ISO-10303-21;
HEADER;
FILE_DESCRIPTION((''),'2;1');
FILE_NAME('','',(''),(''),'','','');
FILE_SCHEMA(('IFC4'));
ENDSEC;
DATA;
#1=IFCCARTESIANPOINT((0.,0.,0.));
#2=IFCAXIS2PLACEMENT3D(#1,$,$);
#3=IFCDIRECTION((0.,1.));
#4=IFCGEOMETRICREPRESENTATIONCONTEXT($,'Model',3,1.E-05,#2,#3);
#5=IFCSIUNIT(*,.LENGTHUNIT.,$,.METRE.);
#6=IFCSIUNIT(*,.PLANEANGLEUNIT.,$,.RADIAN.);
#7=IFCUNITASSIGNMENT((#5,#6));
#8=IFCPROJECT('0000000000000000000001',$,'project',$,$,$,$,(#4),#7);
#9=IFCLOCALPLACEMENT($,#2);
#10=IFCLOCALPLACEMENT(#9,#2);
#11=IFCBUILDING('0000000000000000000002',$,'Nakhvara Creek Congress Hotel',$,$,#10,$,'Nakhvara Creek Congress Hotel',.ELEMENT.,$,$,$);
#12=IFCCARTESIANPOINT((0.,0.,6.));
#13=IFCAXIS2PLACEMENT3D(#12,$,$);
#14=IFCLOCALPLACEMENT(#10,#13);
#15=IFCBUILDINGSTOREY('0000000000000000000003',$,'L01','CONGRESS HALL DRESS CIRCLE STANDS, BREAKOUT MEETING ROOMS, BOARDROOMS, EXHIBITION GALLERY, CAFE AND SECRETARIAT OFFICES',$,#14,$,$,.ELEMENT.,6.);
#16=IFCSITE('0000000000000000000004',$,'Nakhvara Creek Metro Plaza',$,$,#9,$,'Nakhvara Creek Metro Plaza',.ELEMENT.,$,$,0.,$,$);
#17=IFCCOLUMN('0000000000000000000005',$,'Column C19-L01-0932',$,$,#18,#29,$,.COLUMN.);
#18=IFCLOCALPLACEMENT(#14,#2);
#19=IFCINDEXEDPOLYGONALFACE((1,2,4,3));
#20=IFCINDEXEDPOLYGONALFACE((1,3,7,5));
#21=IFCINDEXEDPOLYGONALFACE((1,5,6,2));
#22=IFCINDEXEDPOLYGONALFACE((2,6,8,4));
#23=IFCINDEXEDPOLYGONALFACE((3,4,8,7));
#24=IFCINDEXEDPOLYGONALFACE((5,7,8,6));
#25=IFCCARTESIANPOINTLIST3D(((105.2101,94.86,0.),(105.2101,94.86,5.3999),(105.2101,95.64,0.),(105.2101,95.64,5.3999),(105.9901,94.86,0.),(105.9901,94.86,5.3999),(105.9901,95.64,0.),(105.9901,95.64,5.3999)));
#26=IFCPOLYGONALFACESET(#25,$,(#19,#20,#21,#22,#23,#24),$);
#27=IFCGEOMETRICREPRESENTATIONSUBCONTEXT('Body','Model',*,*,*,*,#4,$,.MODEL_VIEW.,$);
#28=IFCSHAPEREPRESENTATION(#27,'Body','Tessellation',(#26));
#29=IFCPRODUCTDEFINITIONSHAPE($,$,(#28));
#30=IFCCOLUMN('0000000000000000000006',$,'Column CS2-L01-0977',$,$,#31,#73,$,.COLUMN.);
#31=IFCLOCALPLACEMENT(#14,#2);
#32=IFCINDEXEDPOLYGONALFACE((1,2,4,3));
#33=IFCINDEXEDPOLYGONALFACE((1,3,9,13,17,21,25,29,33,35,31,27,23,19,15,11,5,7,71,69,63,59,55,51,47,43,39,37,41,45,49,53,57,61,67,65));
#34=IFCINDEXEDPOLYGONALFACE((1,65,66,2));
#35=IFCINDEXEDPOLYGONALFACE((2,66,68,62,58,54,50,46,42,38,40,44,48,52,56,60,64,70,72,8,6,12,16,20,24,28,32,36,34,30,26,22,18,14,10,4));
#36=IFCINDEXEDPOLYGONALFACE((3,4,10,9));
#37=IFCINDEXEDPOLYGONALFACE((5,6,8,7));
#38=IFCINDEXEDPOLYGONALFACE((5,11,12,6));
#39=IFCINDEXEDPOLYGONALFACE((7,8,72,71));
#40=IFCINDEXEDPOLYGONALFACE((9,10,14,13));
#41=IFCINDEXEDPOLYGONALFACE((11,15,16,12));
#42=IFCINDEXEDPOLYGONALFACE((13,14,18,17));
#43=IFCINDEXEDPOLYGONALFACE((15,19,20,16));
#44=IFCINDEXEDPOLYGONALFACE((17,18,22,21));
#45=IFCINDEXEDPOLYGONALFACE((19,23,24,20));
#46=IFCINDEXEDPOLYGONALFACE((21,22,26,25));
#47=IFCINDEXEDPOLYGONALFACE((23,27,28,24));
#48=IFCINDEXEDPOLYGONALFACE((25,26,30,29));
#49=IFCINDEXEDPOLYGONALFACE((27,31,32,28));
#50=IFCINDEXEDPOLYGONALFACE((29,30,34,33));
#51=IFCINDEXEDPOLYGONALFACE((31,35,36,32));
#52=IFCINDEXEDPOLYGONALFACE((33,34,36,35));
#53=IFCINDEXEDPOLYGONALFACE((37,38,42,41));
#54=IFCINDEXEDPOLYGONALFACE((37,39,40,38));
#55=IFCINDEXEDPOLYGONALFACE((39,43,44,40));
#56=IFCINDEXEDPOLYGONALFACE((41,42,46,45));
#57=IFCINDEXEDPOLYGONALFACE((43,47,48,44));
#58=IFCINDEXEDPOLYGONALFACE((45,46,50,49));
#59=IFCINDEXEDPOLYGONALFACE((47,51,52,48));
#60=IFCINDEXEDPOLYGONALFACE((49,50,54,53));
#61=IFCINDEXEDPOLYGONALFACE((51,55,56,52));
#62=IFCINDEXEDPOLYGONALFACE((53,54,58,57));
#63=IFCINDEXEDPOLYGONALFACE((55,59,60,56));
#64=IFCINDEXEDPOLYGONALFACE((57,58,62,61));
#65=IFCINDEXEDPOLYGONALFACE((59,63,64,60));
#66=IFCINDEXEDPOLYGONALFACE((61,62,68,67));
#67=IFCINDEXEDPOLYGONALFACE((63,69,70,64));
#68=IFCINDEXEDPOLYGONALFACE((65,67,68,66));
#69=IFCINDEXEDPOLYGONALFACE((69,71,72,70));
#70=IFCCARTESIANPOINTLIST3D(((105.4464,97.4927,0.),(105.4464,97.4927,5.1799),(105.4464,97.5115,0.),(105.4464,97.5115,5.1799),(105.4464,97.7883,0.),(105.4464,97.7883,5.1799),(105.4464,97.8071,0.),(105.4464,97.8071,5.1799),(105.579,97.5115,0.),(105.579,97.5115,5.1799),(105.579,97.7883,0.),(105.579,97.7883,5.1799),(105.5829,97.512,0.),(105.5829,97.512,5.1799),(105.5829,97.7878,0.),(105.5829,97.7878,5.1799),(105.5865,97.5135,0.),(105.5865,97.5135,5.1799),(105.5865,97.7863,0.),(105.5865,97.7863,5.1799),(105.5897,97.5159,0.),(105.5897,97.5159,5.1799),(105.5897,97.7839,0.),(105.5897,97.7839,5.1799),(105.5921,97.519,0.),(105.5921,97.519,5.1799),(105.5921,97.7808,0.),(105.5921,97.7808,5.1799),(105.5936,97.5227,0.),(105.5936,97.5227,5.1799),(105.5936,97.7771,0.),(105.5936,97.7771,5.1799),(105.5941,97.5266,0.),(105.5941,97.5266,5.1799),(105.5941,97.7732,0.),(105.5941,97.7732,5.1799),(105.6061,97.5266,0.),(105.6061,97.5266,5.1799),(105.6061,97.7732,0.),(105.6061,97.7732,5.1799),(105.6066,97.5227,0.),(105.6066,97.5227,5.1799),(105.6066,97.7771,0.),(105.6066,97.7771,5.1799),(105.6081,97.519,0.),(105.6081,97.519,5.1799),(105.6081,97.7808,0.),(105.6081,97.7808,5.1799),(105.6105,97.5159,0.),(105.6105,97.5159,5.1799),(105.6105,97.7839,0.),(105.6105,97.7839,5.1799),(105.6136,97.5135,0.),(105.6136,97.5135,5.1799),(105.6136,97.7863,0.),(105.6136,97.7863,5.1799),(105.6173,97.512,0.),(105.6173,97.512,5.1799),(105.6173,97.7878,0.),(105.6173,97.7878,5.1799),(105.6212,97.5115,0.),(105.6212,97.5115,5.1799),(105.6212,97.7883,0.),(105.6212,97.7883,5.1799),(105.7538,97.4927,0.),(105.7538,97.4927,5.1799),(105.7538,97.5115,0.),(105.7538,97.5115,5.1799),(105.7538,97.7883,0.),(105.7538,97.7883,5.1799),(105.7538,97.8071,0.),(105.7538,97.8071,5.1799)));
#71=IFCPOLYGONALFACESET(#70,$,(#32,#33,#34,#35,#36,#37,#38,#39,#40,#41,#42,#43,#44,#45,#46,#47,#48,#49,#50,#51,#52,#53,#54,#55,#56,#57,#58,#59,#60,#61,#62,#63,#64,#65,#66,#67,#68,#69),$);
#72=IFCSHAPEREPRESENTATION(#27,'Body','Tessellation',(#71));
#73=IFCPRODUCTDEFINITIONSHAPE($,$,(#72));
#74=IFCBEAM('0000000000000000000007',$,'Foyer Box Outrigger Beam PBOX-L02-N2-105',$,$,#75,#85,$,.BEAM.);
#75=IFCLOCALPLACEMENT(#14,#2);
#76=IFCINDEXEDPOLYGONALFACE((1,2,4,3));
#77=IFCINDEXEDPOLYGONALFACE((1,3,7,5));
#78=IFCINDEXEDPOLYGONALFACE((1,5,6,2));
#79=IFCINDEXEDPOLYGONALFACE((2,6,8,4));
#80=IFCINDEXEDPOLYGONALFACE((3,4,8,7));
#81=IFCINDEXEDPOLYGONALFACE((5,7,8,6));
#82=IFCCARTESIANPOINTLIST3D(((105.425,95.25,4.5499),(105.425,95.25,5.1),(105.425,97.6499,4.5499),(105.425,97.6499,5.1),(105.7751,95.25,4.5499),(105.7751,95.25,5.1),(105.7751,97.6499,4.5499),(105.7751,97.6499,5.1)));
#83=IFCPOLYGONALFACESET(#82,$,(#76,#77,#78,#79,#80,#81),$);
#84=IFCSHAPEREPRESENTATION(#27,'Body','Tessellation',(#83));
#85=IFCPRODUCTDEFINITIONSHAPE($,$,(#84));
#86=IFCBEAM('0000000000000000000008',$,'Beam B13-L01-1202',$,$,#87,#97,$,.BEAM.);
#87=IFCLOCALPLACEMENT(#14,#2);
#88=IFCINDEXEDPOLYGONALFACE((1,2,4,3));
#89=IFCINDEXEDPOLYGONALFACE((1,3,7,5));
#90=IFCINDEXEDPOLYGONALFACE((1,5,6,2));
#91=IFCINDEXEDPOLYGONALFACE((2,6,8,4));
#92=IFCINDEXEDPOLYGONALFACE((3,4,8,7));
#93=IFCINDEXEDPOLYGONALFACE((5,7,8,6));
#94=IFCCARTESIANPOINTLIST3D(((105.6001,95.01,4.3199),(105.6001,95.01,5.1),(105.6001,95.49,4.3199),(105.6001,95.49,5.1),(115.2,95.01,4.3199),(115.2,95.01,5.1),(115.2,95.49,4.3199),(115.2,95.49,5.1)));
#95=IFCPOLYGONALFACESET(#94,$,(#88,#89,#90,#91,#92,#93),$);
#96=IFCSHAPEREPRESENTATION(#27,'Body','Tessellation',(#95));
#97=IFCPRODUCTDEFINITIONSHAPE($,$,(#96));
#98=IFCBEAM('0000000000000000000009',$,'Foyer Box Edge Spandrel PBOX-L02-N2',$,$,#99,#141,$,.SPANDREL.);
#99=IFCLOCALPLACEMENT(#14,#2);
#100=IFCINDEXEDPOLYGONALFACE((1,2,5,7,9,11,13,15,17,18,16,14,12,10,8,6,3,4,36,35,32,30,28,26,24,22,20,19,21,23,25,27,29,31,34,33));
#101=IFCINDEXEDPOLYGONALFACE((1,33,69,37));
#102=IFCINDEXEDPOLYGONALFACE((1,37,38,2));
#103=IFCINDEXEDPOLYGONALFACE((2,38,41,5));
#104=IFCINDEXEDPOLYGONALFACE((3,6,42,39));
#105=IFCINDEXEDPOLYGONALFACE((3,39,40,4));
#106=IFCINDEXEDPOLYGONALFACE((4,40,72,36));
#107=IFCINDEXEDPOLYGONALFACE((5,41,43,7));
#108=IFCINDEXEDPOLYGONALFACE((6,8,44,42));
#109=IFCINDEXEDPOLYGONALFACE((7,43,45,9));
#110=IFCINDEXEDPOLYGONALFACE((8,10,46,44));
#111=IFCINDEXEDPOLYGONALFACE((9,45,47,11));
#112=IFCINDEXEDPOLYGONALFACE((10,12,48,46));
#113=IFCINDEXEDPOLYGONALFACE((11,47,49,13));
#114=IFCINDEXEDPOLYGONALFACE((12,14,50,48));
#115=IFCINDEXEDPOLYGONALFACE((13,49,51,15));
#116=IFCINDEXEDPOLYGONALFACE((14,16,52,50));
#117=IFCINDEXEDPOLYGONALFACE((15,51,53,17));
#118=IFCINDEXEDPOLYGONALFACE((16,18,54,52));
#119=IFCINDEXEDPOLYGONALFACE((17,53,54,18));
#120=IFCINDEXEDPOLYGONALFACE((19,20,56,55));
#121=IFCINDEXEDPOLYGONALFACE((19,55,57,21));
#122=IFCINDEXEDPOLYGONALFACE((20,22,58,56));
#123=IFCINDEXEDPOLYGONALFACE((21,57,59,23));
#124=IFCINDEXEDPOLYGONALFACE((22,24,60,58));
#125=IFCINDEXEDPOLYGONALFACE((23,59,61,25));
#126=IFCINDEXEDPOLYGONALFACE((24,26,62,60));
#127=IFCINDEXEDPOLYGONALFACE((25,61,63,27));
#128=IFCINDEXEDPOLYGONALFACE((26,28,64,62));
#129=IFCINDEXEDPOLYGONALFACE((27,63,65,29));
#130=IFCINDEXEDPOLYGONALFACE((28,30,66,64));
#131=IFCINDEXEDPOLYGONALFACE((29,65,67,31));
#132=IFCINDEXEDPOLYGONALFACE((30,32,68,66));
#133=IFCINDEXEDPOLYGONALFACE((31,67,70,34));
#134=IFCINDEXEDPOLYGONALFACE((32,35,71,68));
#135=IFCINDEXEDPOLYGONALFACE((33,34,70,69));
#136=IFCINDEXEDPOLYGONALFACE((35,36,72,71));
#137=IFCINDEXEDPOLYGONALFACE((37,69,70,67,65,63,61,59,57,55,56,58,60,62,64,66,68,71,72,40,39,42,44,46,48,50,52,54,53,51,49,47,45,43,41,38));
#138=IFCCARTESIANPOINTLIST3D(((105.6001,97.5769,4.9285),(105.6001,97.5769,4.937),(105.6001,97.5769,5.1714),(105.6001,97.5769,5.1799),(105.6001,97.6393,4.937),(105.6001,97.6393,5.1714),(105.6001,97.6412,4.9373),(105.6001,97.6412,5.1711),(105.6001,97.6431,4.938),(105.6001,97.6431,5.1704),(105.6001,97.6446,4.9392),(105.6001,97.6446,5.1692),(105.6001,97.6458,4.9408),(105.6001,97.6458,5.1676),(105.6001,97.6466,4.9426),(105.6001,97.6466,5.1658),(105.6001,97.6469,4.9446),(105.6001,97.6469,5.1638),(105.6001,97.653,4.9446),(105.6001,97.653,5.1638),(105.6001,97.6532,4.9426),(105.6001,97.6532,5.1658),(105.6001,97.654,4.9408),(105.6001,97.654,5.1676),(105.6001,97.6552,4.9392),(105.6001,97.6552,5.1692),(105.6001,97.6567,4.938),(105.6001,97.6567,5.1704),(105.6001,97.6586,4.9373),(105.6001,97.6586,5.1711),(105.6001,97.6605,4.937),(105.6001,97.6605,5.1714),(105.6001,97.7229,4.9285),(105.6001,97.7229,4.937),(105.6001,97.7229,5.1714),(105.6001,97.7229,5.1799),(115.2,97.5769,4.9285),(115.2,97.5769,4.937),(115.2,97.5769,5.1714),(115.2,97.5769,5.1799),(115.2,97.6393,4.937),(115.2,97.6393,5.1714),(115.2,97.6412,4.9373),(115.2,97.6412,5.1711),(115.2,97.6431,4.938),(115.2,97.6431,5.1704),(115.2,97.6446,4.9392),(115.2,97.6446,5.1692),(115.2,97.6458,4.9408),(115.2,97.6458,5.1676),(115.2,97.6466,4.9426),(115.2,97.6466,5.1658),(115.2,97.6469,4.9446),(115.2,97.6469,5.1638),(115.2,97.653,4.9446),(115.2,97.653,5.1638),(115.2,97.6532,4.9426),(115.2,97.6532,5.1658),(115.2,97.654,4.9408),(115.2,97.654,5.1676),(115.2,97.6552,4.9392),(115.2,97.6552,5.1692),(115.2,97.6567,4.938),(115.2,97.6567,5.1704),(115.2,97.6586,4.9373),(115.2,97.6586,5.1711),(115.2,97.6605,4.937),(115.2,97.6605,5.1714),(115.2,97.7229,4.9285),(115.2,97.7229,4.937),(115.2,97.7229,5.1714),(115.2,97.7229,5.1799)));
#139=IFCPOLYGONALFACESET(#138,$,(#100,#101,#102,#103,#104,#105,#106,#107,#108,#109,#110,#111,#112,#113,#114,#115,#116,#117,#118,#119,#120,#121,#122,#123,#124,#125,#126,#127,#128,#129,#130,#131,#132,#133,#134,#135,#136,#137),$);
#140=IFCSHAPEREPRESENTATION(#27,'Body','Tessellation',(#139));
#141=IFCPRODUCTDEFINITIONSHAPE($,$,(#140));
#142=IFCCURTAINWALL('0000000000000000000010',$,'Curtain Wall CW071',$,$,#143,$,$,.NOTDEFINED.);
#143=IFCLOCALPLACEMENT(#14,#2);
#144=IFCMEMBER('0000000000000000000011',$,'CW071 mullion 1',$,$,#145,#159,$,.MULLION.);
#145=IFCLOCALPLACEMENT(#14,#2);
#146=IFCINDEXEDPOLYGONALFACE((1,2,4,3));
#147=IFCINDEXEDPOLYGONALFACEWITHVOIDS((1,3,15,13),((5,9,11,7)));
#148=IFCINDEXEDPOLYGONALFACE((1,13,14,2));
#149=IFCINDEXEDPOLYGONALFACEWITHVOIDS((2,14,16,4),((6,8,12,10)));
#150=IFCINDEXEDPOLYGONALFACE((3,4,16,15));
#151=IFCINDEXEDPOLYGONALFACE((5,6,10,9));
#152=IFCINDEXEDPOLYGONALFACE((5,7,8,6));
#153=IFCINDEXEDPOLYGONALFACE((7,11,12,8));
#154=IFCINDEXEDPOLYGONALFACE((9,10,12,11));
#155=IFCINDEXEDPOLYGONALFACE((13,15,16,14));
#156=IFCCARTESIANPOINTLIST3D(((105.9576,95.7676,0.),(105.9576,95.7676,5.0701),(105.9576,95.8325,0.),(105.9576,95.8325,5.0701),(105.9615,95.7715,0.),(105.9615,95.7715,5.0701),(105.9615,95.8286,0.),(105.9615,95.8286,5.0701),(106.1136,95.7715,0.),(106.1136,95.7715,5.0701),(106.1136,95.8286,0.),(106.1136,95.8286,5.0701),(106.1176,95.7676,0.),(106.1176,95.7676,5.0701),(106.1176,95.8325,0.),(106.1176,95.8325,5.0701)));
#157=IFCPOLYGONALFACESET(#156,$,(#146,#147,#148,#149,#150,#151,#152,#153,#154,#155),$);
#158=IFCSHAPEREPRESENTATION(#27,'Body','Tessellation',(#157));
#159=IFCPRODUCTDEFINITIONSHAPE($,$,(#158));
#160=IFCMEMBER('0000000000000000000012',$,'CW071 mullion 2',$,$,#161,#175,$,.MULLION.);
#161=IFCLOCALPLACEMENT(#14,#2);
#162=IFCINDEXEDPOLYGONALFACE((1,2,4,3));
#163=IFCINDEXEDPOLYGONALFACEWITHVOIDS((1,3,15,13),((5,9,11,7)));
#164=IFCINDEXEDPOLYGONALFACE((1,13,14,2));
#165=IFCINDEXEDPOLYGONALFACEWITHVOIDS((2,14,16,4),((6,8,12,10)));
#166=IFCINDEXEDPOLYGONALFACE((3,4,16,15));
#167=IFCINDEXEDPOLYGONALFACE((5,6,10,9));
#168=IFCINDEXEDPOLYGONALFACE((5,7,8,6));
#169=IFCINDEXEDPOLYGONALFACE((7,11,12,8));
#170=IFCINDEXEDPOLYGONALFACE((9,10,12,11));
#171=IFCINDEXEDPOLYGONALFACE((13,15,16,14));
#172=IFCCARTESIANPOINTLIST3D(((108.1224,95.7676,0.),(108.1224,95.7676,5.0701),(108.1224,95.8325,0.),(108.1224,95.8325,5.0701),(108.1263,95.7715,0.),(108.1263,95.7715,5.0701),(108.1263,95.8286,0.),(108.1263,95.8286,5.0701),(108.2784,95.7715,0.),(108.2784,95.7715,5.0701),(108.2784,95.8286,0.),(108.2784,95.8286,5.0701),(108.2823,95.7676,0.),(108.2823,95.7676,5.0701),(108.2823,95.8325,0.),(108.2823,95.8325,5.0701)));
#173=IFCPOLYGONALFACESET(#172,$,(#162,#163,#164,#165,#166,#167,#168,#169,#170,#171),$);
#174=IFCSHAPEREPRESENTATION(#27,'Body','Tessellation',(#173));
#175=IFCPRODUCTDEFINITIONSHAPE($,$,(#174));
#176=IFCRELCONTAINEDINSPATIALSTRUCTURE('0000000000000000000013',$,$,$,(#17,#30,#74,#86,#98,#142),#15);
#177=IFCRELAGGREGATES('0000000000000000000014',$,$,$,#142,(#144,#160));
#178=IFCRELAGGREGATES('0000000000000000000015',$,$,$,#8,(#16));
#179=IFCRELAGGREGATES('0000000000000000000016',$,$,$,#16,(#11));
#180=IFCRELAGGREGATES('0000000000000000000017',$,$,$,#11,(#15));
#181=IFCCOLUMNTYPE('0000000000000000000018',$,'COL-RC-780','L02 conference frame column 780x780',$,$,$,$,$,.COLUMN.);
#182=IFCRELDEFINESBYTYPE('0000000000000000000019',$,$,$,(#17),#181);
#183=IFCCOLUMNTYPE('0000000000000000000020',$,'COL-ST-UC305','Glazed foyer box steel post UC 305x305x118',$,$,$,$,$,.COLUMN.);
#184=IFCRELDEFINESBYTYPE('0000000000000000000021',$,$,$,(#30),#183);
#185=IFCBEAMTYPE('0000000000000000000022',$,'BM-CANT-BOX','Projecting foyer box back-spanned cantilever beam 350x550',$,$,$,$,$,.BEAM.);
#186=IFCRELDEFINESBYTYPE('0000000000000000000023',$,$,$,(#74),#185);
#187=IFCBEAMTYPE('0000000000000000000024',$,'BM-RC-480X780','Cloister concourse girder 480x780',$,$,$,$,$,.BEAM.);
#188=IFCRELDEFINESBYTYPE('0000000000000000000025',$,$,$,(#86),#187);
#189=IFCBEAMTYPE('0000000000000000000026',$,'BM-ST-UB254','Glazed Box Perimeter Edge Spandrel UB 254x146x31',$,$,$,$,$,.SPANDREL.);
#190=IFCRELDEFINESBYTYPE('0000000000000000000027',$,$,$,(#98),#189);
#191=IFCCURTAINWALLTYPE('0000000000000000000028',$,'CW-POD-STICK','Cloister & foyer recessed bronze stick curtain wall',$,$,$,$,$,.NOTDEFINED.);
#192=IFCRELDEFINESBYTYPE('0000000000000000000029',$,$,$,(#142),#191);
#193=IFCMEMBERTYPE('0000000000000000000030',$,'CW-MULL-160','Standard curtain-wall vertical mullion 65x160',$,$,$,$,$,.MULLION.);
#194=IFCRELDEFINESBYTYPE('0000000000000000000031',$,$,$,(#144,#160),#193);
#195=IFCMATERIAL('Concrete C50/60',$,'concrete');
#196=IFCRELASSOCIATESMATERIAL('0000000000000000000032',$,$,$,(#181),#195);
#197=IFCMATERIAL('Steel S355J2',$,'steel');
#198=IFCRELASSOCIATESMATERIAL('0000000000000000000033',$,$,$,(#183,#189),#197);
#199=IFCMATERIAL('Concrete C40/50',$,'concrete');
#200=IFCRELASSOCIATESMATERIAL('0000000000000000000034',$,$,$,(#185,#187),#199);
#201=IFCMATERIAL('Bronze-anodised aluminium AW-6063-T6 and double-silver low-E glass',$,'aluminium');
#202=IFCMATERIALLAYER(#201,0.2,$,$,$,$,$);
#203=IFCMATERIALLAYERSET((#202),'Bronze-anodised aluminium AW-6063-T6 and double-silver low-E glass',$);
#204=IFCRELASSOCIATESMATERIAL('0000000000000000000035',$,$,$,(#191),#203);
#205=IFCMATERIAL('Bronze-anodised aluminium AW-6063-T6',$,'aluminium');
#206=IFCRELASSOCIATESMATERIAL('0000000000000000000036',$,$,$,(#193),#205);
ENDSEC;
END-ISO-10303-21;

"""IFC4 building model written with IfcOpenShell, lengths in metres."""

from ifc_helpers import new_model, si_unit, direction, frame, origin, origin_2d, place, context, subcontext, project, spatial, rectangle, hollow_rectangle, i_section, extrude, material, layer, layer_set, material_profile, profile_set, type_object, element, aggregate, save


model = new_model("IFC4")

# Units and contexts
model_context = context("Model", 3, precision=1e-05, world=origin(), true_north=direction((0.0, 1.0)))
body_context = subcontext(model_context, "Body", "Model", "MODEL_VIEW")
ifc_project = project(units=[si_unit("LENGTHUNIT", "METRE"), si_unit("PLANEANGLEUNIT", "RADIAN")], contexts=[model_context])

# Site, building, storey
site_placement = place(None, origin())
site = spatial("IfcSite", under=ifc_project, at=site_placement, Name="Nakhvara Creek Metro Plaza", LongName="Nakhvara Creek Metro Plaza", CompositionType="ELEMENT", RefElevation=0.0)
building_placement = place(site_placement, origin())
building = spatial("IfcBuilding", under=site, at=building_placement, Name="Nakhvara Creek Congress Hotel", LongName="Nakhvara Creek Congress Hotel", CompositionType="ELEMENT")
storey_placement = place(building_placement, frame((0.0, 0.0, 6.0)))
storey = spatial("IfcBuildingStorey", under=building, at=storey_placement, Name="L01", Description="CONGRESS HALL DRESS CIRCLE STANDS, BREAKOUT MEETING ROOMS, BOARDROOMS, EXHIBITION GALLERY, CAFE AND SECRETARIAT OFFICES", CompositionType="ELEMENT", Elevation=6.0)

# Columns
ifc_material_1 = material(Name="Concrete C50/60", Category="concrete")
ifc_material_profile_1 = material_profile(ifc_material_1, rectangle(XDim=0.78, YDim=0.78, at=origin_2d()), Name="RC-COL 780x780", Category="LoadBearing")
ifc_profile_set_1 = profile_set([ifc_material_profile_1], Name="Concrete C50/60")
column_type_1 = type_object("IfcColumnType", Name="COL-RC-780", Description="L02 conference frame column 780x780", PredefinedType="COLUMN", material=ifc_profile_set_1)
column_1_placement = place(storey_placement, frame((105.6001, 95.25, 0.0), z_axis=(0.0, 0.0, 1.0), x_axis=(1.0, 0.0, 0.0)))
element("IfcColumn", 1, at=column_1_placement, inside=storey, type_object=column_type_1, Name="Column C19-L01-0932", PredefinedType="COLUMN", context=body_context, shape_type="SweptSolid", body=[
    extrude(rectangle(XDim=0.78, YDim=0.78, at=origin_2d()), origin(), (0.0, 0.0, 1.0), 5.3999),
])
ifc_material_2 = material(Name="Steel S355J2", Category="steel")
ifc_material_profile_2 = material_profile(ifc_material_2, i_section(OverallWidth=0.3074, OverallDepth=0.3145, WebThickness=0.012, FlangeThickness=0.0188, FilletRadius=0.0151, at=origin_2d()), Name="UC 305x305x118", Category="LoadBearing")
ifc_profile_set_2 = profile_set([ifc_material_profile_2], Name="Steel S355J2")
column_type_2 = type_object("IfcColumnType", Name="COL-ST-UC305", Description="Glazed foyer box steel post UC 305x305x118", PredefinedType="COLUMN", material=ifc_profile_set_2)
column_2_placement = place(storey_placement, frame((105.6001, 97.6499, 0.0), z_axis=(0.0, 0.0, 1.0), x_axis=(1.0, 0.0, 0.0)))
element("IfcColumn", 2, at=column_2_placement, inside=storey, type_object=column_type_2, Name="Column CS2-L01-0977", PredefinedType="COLUMN", context=body_context, shape_type="SweptSolid", body=[
    extrude(i_section(OverallWidth=0.3074, OverallDepth=0.3145, WebThickness=0.012, FlangeThickness=0.0188, FilletRadius=0.0151, at=origin_2d()), origin(), (0.0, 0.0, 1.0), 5.1799),
])

# Beams
ifc_material_3 = material(Name="Concrete C40/50", Category="concrete")
ifc_material_profile_3 = material_profile(ifc_material_3, rectangle(XDim=0.3501, YDim=0.55, at=origin_2d()), Name="RC-BM 350x550", Category="LoadBearing")
ifc_profile_set_3 = profile_set([ifc_material_profile_3], Name="Concrete C40/50")
beam_type_1 = type_object("IfcBeamType", Name="BM-CANT-BOX", Description="Projecting foyer box back-spanned cantilever beam 350x550", PredefinedType="BEAM", material=ifc_profile_set_3)
beam_1_placement = place(storey_placement, frame((105.6001, 95.25, 4.825), z_axis=(0.0, 1.0, 0.0), x_axis=(-1.0, 0.0, 0.0)))
element("IfcBeam", 3, at=beam_1_placement, inside=storey, type_object=beam_type_1, Name="Foyer Box Outrigger Beam PBOX-L02-N2-105", PredefinedType="BEAM", context=body_context, shape_type="SweptSolid", body=[
    extrude(rectangle(XDim=0.3501, YDim=0.55, at=origin_2d()), origin(), (0.0, 0.0, 1.0), 2.3999),
])
ifc_material_profile_4 = material_profile(ifc_material_3, rectangle(XDim=0.48, YDim=0.78, at=origin_2d()), Name="RC-BM 480x780", Category="LoadBearing")
ifc_profile_set_4 = profile_set([ifc_material_profile_4], Name="Concrete C40/50")
beam_type_2 = type_object("IfcBeamType", Name="BM-RC-480X780", Description="Cloister concourse girder 480x780", PredefinedType="BEAM", material=ifc_profile_set_4)
beam_2_placement = place(storey_placement, frame((105.6001, 95.25, 4.71), z_axis=(1.0, 0.0, 0.0), x_axis=(0.0, 1.0, 0.0)))
element("IfcBeam", 4, at=beam_2_placement, inside=storey, type_object=beam_type_2, Name="Beam B13-L01-1202", PredefinedType="BEAM", context=body_context, shape_type="SweptSolid", body=[
    extrude(rectangle(XDim=0.48, YDim=0.78, at=origin_2d()), origin(), (0.0, 0.0, 1.0), 9.5999),
])
ifc_material_profile_5 = material_profile(ifc_material_2, i_section(OverallWidth=0.146, OverallDepth=0.2515, WebThickness=0.0061, FlangeThickness=0.0085, FilletRadius=0.0076, at=origin_2d()), Name="UB 254x146x31", Category="LoadBearing")
ifc_profile_set_5 = profile_set([ifc_material_profile_5], Name="Steel S355J2")
beam_type_3 = type_object("IfcBeamType", Name="BM-ST-UB254", Description="Glazed Box Perimeter Edge Spandrel UB 254x146x31", PredefinedType="SPANDREL", material=ifc_profile_set_5)
beam_3_placement = place(storey_placement, frame((105.6001, 97.6499, 5.0542), z_axis=(1.0, 0.0, 0.0), x_axis=(0.0, 1.0, 0.0)))
element("IfcBeam", 5, at=beam_3_placement, inside=storey, type_object=beam_type_3, Name="Foyer Box Edge Spandrel PBOX-L02-N2", PredefinedType="SPANDREL", context=body_context, shape_type="SweptSolid", body=[
    extrude(i_section(OverallWidth=0.146, OverallDepth=0.2515, WebThickness=0.0061, FlangeThickness=0.0085, FilletRadius=0.0076, at=origin_2d()), origin(), (0.0, 0.0, 1.0), 9.5999),
])

# Curtain wall, members
ifc_material_4 = material(Name="Bronze-anodised aluminium AW-6063-T6 and double-silver low-E glass", Category="aluminium")
ifc_layer_1 = layer(ifc_material_4, 0.2)
ifc_layer_set_1 = layer_set([ifc_layer_1], Name="Bronze-anodised aluminium AW-6063-T6 and double-silver low-E glass")
curtain_wall_type_1 = type_object("IfcCurtainWallType", Name="CW-POD-STICK", Description="Cloister & foyer recessed bronze stick curtain wall", PredefinedType="NOTDEFINED", material=ifc_layer_set_1)
curtain_wall_1_placement = place(storey_placement, origin())
curtain_wall_1 = element("IfcCurtainWall", 6, at=curtain_wall_1_placement, inside=storey, type_object=curtain_wall_type_1, Name="Curtain Wall CW071", PredefinedType="NOTDEFINED")
ifc_material_5 = material(Name="Bronze-anodised aluminium AW-6063-T6", Category="aluminium")
ifc_material_profile_6 = material_profile(ifc_material_5, hollow_rectangle(XDim=0.0649, YDim=0.1599, WallThickness=0.0039, at=origin_2d()), Name="ALU-MULL 65x160x4", Category="LoadBearing")
ifc_profile_set_6 = profile_set([ifc_material_profile_6], Name="Bronze-anodised aluminium AW-6063-T6")
member_type_1 = type_object("IfcMemberType", Name="CW-MULL-160", Description="Standard curtain-wall vertical mullion 65x160", PredefinedType="MULLION", material=ifc_profile_set_6)
member_1_placement = place(storey_placement, frame((106.0376, 95.8, 0.0), z_axis=(0.0, 0.0, 1.0), x_axis=(0.0, 1.0, 0.0)))
member_1 = element("IfcMember", 7, at=member_1_placement, type_object=member_type_1, Name="CW071 mullion 1", PredefinedType="MULLION", context=body_context, shape_type="SweptSolid", body=[
    extrude(hollow_rectangle(XDim=0.0649, YDim=0.1599, WallThickness=0.0039, at=origin_2d()), origin(), (0.0, 0.0, 1.0), 5.0701),
])
member_2_placement = place(storey_placement, frame((108.2024, 95.8, 0.0), z_axis=(0.0, 0.0, 1.0), x_axis=(0.0, 1.0, 0.0)))
member_2 = element("IfcMember", 8, at=member_2_placement, type_object=member_type_1, Name="CW071 mullion 2", PredefinedType="MULLION", context=body_context, shape_type="SweptSolid", body=[
    extrude(hollow_rectangle(XDim=0.0649, YDim=0.1599, WallThickness=0.0039, at=origin_2d()), origin(), (0.0, 0.0, 1.0), 5.0701),
])

aggregate(curtain_wall_1, [member_1, member_2])

save(model, "model.ifc")
